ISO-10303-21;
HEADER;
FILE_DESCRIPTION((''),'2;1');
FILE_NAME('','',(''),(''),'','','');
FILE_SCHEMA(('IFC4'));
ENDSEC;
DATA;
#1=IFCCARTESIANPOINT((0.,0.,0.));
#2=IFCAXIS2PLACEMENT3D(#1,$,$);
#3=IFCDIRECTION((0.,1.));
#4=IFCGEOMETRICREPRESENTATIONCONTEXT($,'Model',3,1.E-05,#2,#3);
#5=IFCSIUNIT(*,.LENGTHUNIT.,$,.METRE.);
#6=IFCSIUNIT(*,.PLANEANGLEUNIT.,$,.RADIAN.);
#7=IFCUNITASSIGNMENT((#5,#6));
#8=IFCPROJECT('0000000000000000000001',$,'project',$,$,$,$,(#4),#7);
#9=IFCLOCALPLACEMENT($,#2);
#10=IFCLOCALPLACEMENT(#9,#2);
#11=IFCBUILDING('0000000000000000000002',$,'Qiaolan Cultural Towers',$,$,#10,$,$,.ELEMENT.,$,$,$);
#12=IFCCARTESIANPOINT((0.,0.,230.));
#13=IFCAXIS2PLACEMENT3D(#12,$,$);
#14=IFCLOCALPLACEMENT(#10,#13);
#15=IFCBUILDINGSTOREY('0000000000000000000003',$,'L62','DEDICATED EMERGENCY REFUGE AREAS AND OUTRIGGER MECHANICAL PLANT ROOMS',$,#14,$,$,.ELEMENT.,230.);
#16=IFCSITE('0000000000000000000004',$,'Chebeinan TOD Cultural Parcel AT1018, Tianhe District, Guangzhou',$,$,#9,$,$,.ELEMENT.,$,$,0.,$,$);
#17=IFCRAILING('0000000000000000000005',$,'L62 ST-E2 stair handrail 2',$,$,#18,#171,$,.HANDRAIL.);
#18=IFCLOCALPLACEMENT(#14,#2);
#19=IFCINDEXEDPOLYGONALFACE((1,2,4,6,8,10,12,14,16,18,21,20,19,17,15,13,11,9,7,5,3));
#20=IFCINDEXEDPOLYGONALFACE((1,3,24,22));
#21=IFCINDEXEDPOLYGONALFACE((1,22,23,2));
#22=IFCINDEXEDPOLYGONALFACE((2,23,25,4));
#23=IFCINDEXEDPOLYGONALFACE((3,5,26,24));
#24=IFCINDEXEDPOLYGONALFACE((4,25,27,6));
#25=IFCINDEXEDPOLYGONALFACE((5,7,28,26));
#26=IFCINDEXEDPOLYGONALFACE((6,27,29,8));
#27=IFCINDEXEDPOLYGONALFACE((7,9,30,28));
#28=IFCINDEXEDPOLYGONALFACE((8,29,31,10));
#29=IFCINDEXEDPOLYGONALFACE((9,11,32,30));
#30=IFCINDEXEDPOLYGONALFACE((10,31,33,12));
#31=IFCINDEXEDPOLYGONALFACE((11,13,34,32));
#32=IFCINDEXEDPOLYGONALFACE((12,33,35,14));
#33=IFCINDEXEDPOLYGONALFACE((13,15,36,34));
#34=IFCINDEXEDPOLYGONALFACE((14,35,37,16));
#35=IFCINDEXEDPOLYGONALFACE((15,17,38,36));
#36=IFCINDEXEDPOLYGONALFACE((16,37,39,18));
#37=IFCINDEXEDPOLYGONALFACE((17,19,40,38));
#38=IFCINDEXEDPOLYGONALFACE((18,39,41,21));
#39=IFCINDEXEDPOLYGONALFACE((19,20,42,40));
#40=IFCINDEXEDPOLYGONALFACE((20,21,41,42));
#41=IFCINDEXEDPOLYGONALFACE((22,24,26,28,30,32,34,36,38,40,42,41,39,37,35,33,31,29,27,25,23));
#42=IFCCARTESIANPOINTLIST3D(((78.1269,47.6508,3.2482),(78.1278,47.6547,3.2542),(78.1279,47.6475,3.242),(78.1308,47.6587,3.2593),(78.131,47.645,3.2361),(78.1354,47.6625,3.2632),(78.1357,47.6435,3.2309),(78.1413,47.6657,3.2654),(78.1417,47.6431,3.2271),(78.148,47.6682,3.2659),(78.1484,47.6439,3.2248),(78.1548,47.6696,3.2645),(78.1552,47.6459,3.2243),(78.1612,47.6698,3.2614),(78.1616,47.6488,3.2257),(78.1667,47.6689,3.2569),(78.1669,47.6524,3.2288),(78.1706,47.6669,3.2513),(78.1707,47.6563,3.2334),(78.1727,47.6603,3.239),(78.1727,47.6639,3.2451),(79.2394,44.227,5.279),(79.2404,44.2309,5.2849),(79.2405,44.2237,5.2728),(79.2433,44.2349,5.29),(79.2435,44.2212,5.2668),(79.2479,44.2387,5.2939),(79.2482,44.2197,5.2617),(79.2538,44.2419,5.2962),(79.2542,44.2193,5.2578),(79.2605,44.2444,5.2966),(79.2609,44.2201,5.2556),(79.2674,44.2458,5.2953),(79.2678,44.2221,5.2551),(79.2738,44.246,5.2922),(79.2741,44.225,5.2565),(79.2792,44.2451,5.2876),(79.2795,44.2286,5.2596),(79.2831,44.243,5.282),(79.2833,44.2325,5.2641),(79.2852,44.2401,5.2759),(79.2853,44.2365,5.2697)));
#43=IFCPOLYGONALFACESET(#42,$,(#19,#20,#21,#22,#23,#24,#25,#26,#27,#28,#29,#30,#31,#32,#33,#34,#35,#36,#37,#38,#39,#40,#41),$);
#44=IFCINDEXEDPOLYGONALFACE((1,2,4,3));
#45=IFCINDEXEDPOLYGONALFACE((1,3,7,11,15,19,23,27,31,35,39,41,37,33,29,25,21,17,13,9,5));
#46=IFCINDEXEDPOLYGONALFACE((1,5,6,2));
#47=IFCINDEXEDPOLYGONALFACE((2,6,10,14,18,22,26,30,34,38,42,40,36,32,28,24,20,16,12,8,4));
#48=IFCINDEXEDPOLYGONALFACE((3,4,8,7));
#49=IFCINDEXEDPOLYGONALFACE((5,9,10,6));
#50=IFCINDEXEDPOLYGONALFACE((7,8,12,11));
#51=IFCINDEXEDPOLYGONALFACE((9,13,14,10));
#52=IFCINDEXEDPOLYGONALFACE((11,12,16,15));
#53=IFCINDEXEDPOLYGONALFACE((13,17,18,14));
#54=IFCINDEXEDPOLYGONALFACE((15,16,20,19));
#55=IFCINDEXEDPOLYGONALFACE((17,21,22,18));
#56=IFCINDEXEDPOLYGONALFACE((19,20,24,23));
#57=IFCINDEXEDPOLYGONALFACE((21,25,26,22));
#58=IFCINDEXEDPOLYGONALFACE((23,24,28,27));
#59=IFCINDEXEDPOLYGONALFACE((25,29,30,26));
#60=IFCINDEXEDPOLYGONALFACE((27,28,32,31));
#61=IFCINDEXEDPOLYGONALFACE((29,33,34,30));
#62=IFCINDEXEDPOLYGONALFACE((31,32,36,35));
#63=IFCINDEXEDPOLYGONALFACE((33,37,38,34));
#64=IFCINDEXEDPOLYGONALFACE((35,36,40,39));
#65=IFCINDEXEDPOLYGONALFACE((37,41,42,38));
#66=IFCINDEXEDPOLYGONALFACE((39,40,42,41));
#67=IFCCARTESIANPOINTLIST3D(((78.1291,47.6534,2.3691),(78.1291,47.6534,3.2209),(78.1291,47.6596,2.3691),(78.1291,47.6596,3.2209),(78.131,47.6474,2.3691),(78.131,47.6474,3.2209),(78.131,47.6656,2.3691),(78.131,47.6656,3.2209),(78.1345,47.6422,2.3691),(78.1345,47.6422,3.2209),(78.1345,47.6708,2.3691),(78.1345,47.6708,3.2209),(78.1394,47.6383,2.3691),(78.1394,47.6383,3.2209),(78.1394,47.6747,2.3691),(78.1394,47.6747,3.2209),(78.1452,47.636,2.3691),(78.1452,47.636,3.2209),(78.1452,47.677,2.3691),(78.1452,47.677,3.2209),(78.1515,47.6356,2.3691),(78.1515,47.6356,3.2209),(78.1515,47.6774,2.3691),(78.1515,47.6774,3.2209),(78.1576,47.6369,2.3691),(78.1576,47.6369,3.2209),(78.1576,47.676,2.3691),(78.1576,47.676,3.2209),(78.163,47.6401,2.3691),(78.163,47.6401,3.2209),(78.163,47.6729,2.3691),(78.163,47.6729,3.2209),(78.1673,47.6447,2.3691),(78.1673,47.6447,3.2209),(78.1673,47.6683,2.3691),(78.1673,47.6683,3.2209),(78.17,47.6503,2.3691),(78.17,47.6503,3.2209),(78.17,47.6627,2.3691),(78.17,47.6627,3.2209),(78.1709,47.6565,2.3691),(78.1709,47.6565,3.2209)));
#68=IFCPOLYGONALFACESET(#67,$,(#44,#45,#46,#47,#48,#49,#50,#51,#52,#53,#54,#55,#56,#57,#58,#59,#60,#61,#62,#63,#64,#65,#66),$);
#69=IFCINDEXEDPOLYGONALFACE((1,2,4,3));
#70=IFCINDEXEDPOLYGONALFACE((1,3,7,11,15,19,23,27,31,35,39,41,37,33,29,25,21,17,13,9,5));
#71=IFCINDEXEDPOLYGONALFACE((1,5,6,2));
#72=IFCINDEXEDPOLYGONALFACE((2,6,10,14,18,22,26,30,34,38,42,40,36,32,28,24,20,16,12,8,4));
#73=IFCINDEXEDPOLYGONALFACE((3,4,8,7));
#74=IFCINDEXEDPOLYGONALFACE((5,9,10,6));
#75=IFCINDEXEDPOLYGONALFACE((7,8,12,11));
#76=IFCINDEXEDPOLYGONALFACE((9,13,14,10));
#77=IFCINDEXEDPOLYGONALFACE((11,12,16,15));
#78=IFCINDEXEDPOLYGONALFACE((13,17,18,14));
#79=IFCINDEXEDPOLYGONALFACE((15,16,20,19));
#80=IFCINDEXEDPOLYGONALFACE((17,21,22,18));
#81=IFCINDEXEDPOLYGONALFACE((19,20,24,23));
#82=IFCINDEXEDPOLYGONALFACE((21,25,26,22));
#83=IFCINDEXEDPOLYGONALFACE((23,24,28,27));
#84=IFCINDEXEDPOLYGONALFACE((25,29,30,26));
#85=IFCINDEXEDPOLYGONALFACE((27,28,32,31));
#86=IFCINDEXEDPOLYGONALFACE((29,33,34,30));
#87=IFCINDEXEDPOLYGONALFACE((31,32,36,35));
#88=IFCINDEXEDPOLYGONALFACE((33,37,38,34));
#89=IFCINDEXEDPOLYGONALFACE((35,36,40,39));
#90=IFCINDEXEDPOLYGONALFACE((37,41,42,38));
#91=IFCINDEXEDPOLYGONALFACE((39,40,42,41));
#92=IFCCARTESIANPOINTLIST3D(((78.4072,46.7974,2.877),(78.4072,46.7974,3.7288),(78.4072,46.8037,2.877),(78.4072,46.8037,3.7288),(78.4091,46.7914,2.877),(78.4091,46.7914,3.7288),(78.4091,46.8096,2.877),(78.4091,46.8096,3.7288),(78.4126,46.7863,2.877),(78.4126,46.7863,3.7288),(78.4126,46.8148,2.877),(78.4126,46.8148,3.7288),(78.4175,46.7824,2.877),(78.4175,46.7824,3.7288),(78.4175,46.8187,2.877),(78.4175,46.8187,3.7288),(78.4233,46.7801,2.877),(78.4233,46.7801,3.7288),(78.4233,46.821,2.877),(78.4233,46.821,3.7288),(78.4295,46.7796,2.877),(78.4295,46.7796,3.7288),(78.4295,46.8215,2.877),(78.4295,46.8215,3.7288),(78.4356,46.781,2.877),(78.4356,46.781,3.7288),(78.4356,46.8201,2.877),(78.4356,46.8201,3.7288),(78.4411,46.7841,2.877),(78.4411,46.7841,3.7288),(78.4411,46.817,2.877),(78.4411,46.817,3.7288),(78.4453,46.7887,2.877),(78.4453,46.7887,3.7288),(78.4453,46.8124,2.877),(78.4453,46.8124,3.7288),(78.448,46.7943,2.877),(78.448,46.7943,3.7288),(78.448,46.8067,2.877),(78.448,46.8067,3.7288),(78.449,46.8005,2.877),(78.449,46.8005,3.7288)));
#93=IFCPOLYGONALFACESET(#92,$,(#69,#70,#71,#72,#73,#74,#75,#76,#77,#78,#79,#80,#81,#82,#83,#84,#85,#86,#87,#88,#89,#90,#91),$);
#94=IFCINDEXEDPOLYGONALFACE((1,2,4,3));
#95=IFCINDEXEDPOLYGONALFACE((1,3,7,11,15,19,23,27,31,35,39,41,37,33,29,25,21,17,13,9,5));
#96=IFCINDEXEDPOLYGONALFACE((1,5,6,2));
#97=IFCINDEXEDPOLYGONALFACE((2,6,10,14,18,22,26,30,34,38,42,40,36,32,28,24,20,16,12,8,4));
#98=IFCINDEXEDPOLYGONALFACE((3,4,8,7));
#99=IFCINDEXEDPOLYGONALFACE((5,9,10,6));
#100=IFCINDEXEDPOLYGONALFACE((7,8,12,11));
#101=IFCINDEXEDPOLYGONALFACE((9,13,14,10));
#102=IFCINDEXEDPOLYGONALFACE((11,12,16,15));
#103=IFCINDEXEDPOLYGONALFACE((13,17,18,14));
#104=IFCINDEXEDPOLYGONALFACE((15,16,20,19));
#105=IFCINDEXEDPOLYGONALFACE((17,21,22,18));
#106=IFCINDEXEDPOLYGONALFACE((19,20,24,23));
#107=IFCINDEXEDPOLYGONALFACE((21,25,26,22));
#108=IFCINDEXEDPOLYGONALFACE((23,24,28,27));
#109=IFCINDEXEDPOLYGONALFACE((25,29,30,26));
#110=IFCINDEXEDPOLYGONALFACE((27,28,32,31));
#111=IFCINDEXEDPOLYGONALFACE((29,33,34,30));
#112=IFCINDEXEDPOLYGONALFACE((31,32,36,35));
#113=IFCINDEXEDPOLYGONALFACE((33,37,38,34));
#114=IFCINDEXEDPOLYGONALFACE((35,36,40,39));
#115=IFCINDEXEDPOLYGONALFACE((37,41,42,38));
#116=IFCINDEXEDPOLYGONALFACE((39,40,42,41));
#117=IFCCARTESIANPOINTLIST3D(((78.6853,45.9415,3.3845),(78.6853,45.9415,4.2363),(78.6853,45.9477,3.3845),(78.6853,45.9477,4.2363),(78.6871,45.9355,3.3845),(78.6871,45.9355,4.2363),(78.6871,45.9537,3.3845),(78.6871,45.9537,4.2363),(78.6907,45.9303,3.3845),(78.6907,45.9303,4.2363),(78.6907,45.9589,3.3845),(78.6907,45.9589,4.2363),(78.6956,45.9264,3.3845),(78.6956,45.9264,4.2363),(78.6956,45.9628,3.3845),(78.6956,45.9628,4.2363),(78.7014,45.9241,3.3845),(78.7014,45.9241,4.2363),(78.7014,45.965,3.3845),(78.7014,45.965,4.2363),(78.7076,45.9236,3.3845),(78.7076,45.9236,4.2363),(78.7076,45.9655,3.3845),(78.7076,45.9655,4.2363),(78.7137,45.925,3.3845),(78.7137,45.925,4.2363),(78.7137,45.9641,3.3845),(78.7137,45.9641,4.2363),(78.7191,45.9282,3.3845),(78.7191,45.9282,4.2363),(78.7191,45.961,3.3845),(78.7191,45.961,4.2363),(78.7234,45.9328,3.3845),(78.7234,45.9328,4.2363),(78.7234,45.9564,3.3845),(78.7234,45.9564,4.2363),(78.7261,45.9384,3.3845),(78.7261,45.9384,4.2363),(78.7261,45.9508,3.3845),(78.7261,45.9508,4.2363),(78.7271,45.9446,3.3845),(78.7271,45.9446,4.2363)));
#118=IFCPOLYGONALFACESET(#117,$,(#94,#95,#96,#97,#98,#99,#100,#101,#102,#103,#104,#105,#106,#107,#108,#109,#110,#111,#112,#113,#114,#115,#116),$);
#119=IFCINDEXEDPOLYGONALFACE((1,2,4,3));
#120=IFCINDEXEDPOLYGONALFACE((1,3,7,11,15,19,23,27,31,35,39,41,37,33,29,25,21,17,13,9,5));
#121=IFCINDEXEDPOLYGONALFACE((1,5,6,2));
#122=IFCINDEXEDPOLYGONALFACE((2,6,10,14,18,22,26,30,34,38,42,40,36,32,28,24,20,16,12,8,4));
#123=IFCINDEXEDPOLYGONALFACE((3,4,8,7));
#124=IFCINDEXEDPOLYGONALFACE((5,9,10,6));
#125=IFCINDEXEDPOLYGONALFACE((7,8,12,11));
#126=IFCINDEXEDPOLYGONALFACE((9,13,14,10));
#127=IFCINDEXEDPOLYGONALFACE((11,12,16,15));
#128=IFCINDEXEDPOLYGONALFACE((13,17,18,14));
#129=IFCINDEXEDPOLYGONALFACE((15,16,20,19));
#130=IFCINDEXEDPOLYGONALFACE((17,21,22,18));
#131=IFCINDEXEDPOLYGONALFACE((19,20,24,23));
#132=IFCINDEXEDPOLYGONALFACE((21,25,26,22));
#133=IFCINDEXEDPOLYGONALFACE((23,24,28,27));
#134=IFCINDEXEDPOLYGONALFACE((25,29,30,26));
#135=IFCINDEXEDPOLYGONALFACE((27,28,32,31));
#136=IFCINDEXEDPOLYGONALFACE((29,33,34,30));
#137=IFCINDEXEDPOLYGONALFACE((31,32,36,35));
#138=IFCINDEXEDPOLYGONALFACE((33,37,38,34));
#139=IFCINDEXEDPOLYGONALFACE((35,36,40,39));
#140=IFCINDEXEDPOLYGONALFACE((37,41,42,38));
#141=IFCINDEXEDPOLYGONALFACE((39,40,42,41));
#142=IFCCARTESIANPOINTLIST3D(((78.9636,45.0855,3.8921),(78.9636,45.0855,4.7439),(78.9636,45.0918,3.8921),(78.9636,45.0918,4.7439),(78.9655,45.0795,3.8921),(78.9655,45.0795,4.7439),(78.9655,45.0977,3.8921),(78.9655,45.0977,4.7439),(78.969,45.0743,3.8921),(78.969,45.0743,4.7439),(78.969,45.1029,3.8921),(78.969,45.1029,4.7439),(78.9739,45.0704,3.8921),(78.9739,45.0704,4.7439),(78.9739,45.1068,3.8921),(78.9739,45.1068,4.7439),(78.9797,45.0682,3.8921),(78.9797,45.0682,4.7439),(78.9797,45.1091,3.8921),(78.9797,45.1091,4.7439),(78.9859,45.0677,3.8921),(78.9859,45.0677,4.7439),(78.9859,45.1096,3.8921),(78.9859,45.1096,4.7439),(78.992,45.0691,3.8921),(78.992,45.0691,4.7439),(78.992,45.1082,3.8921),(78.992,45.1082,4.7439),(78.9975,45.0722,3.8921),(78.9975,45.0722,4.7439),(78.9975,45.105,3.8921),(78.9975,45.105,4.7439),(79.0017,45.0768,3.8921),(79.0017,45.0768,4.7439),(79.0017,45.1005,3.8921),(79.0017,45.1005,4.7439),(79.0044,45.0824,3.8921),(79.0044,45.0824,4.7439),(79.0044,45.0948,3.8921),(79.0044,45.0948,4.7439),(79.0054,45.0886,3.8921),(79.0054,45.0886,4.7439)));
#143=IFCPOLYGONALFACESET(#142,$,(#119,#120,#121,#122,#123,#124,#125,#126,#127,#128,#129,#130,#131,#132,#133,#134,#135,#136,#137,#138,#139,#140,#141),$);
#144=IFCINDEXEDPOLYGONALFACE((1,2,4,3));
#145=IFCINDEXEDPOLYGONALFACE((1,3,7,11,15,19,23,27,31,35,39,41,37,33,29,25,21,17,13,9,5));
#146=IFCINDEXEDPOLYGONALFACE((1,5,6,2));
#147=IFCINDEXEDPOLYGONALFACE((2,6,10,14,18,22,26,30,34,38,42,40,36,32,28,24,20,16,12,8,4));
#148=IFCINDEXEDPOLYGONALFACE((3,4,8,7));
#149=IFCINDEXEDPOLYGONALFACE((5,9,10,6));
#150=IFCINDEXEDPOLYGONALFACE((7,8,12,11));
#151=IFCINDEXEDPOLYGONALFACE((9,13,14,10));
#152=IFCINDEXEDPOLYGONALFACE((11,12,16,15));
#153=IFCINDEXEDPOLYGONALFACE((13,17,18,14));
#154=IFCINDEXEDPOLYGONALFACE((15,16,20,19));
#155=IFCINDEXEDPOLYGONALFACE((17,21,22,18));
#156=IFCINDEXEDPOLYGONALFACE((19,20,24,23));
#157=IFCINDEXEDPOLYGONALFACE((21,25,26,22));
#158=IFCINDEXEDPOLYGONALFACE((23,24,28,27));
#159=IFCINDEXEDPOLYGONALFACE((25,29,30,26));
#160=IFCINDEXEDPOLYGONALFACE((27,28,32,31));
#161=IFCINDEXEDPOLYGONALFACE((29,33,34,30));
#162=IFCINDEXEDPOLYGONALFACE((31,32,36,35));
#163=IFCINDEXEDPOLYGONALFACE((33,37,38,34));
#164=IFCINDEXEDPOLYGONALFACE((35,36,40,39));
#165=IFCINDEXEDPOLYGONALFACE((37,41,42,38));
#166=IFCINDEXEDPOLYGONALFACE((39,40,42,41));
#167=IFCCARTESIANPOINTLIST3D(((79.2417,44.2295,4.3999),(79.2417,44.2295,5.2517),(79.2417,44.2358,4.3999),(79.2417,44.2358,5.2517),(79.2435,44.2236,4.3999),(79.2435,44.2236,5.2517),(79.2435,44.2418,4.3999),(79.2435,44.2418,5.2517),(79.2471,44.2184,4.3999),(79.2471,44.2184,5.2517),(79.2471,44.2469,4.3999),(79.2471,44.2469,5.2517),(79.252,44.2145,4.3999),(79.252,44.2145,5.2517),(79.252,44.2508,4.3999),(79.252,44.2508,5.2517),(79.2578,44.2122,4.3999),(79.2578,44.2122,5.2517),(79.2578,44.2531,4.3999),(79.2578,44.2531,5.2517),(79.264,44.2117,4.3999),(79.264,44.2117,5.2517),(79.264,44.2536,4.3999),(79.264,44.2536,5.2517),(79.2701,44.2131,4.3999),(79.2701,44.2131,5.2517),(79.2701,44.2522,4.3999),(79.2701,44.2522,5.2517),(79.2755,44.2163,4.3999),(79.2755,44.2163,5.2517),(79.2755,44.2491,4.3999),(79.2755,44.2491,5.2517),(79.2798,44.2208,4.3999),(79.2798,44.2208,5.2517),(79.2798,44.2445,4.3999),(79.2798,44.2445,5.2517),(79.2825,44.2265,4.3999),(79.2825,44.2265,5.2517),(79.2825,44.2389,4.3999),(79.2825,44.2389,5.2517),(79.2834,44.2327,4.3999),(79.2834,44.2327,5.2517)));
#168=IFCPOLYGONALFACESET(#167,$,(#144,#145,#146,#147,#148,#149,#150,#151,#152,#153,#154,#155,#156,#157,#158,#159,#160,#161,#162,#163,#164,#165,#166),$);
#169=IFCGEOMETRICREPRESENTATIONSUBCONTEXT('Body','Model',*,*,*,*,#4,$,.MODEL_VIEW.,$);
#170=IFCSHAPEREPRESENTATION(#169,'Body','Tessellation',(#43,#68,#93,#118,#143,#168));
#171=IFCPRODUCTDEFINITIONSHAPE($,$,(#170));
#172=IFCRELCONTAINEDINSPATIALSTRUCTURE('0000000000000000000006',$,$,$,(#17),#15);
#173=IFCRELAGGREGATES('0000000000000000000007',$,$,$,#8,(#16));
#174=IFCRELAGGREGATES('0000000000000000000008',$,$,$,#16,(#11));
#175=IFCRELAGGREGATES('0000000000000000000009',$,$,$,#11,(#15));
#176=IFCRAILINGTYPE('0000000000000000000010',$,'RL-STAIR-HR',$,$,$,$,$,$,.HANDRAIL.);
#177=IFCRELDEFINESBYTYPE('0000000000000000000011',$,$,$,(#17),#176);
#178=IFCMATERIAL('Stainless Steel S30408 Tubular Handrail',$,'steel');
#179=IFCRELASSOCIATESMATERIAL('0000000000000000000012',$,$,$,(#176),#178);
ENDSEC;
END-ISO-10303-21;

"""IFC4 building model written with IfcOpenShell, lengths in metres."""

from ifc_helpers import new_model, si_unit, direction, frame, origin, origin_2d, place, context, subcontext, project, spatial, circle, extrude, material, type_object, element, save


model = new_model("IFC4")

# Units and contexts
model_context = context("Model", 3, precision=1e-05, world=origin(), true_north=direction((0.0, 1.0)))
body_context = subcontext(model_context, "Body", "Model", "MODEL_VIEW")
ifc_project = project(units=[si_unit("LENGTHUNIT", "METRE"), si_unit("PLANEANGLEUNIT", "RADIAN")], contexts=[model_context])

# Site, building, storey
site_placement = place(None, origin())
site = spatial("IfcSite", under=ifc_project, at=site_placement, Name="Chebeinan TOD Cultural Parcel AT1018, Tianhe District, Guangzhou", CompositionType="ELEMENT", RefElevation=0.0)
building_placement = place(site_placement, origin())
building = spatial("IfcBuilding", under=site, at=building_placement, Name="Qiaolan Cultural Towers", CompositionType="ELEMENT")
storey_placement = place(building_placement, frame((0.0, 0.0, 230.0)))
storey = spatial("IfcBuildingStorey", under=building, at=storey_placement, Name="L62", Description="DEDICATED EMERGENCY REFUGE AREAS AND OUTRIGGER MECHANICAL PLANT ROOMS", CompositionType="ELEMENT", Elevation=230.0)

# Railing
ifc_material_1 = material(Name="Stainless Steel S30408 Tubular Handrail", Category="steel")
railing_type_1 = type_object("IfcRailingType", Name="RL-STAIR-HR", PredefinedType="HANDRAIL", material=ifc_material_1)
railing_1_placement = place(storey_placement, frame((78.1499, 47.6565, 2.3691)))
element("IfcRailing", 1, at=railing_1_placement, inside=storey, type_object=railing_type_1, Name="L62 ST-E2 stair handrail 2", PredefinedType="HANDRAIL", context=body_context, shape_type="SweptSolid", body=[
    extrude(circle(Radius=0.0239, at=origin_2d()), frame((0.0, 0.0, 0.876), z_axis=(0.269166, -0.828348, 0.491315), x_axis=(0.95105, 0.309037, 0.0)), (0.0, 0.0, 1.0), 4.1333),
    extrude(circle(Radius=0.021, at=origin_2d()), origin(), (0.0, 0.0, 1.0), 0.8518),
    extrude(circle(Radius=0.021, at=origin_2d()), frame((0.2781, -0.856, 0.5078)), (0.0, 0.0, 1.0), 0.8518),
    extrude(circle(Radius=0.021, at=origin_2d()), frame((0.5562, -1.7119, 1.0154)), (0.0, 0.0, 1.0), 0.8518),
    extrude(circle(Radius=0.021, at=origin_2d()), frame((0.8345, -2.5679, 1.5229)), (0.0, 0.0, 1.0), 0.8518),
    extrude(circle(Radius=0.021, at=origin_2d()), frame((1.1125, -3.4238, 2.0308)), (0.0, 0.0, 1.0), 0.8518),
])

save(model, "model.ifc")
